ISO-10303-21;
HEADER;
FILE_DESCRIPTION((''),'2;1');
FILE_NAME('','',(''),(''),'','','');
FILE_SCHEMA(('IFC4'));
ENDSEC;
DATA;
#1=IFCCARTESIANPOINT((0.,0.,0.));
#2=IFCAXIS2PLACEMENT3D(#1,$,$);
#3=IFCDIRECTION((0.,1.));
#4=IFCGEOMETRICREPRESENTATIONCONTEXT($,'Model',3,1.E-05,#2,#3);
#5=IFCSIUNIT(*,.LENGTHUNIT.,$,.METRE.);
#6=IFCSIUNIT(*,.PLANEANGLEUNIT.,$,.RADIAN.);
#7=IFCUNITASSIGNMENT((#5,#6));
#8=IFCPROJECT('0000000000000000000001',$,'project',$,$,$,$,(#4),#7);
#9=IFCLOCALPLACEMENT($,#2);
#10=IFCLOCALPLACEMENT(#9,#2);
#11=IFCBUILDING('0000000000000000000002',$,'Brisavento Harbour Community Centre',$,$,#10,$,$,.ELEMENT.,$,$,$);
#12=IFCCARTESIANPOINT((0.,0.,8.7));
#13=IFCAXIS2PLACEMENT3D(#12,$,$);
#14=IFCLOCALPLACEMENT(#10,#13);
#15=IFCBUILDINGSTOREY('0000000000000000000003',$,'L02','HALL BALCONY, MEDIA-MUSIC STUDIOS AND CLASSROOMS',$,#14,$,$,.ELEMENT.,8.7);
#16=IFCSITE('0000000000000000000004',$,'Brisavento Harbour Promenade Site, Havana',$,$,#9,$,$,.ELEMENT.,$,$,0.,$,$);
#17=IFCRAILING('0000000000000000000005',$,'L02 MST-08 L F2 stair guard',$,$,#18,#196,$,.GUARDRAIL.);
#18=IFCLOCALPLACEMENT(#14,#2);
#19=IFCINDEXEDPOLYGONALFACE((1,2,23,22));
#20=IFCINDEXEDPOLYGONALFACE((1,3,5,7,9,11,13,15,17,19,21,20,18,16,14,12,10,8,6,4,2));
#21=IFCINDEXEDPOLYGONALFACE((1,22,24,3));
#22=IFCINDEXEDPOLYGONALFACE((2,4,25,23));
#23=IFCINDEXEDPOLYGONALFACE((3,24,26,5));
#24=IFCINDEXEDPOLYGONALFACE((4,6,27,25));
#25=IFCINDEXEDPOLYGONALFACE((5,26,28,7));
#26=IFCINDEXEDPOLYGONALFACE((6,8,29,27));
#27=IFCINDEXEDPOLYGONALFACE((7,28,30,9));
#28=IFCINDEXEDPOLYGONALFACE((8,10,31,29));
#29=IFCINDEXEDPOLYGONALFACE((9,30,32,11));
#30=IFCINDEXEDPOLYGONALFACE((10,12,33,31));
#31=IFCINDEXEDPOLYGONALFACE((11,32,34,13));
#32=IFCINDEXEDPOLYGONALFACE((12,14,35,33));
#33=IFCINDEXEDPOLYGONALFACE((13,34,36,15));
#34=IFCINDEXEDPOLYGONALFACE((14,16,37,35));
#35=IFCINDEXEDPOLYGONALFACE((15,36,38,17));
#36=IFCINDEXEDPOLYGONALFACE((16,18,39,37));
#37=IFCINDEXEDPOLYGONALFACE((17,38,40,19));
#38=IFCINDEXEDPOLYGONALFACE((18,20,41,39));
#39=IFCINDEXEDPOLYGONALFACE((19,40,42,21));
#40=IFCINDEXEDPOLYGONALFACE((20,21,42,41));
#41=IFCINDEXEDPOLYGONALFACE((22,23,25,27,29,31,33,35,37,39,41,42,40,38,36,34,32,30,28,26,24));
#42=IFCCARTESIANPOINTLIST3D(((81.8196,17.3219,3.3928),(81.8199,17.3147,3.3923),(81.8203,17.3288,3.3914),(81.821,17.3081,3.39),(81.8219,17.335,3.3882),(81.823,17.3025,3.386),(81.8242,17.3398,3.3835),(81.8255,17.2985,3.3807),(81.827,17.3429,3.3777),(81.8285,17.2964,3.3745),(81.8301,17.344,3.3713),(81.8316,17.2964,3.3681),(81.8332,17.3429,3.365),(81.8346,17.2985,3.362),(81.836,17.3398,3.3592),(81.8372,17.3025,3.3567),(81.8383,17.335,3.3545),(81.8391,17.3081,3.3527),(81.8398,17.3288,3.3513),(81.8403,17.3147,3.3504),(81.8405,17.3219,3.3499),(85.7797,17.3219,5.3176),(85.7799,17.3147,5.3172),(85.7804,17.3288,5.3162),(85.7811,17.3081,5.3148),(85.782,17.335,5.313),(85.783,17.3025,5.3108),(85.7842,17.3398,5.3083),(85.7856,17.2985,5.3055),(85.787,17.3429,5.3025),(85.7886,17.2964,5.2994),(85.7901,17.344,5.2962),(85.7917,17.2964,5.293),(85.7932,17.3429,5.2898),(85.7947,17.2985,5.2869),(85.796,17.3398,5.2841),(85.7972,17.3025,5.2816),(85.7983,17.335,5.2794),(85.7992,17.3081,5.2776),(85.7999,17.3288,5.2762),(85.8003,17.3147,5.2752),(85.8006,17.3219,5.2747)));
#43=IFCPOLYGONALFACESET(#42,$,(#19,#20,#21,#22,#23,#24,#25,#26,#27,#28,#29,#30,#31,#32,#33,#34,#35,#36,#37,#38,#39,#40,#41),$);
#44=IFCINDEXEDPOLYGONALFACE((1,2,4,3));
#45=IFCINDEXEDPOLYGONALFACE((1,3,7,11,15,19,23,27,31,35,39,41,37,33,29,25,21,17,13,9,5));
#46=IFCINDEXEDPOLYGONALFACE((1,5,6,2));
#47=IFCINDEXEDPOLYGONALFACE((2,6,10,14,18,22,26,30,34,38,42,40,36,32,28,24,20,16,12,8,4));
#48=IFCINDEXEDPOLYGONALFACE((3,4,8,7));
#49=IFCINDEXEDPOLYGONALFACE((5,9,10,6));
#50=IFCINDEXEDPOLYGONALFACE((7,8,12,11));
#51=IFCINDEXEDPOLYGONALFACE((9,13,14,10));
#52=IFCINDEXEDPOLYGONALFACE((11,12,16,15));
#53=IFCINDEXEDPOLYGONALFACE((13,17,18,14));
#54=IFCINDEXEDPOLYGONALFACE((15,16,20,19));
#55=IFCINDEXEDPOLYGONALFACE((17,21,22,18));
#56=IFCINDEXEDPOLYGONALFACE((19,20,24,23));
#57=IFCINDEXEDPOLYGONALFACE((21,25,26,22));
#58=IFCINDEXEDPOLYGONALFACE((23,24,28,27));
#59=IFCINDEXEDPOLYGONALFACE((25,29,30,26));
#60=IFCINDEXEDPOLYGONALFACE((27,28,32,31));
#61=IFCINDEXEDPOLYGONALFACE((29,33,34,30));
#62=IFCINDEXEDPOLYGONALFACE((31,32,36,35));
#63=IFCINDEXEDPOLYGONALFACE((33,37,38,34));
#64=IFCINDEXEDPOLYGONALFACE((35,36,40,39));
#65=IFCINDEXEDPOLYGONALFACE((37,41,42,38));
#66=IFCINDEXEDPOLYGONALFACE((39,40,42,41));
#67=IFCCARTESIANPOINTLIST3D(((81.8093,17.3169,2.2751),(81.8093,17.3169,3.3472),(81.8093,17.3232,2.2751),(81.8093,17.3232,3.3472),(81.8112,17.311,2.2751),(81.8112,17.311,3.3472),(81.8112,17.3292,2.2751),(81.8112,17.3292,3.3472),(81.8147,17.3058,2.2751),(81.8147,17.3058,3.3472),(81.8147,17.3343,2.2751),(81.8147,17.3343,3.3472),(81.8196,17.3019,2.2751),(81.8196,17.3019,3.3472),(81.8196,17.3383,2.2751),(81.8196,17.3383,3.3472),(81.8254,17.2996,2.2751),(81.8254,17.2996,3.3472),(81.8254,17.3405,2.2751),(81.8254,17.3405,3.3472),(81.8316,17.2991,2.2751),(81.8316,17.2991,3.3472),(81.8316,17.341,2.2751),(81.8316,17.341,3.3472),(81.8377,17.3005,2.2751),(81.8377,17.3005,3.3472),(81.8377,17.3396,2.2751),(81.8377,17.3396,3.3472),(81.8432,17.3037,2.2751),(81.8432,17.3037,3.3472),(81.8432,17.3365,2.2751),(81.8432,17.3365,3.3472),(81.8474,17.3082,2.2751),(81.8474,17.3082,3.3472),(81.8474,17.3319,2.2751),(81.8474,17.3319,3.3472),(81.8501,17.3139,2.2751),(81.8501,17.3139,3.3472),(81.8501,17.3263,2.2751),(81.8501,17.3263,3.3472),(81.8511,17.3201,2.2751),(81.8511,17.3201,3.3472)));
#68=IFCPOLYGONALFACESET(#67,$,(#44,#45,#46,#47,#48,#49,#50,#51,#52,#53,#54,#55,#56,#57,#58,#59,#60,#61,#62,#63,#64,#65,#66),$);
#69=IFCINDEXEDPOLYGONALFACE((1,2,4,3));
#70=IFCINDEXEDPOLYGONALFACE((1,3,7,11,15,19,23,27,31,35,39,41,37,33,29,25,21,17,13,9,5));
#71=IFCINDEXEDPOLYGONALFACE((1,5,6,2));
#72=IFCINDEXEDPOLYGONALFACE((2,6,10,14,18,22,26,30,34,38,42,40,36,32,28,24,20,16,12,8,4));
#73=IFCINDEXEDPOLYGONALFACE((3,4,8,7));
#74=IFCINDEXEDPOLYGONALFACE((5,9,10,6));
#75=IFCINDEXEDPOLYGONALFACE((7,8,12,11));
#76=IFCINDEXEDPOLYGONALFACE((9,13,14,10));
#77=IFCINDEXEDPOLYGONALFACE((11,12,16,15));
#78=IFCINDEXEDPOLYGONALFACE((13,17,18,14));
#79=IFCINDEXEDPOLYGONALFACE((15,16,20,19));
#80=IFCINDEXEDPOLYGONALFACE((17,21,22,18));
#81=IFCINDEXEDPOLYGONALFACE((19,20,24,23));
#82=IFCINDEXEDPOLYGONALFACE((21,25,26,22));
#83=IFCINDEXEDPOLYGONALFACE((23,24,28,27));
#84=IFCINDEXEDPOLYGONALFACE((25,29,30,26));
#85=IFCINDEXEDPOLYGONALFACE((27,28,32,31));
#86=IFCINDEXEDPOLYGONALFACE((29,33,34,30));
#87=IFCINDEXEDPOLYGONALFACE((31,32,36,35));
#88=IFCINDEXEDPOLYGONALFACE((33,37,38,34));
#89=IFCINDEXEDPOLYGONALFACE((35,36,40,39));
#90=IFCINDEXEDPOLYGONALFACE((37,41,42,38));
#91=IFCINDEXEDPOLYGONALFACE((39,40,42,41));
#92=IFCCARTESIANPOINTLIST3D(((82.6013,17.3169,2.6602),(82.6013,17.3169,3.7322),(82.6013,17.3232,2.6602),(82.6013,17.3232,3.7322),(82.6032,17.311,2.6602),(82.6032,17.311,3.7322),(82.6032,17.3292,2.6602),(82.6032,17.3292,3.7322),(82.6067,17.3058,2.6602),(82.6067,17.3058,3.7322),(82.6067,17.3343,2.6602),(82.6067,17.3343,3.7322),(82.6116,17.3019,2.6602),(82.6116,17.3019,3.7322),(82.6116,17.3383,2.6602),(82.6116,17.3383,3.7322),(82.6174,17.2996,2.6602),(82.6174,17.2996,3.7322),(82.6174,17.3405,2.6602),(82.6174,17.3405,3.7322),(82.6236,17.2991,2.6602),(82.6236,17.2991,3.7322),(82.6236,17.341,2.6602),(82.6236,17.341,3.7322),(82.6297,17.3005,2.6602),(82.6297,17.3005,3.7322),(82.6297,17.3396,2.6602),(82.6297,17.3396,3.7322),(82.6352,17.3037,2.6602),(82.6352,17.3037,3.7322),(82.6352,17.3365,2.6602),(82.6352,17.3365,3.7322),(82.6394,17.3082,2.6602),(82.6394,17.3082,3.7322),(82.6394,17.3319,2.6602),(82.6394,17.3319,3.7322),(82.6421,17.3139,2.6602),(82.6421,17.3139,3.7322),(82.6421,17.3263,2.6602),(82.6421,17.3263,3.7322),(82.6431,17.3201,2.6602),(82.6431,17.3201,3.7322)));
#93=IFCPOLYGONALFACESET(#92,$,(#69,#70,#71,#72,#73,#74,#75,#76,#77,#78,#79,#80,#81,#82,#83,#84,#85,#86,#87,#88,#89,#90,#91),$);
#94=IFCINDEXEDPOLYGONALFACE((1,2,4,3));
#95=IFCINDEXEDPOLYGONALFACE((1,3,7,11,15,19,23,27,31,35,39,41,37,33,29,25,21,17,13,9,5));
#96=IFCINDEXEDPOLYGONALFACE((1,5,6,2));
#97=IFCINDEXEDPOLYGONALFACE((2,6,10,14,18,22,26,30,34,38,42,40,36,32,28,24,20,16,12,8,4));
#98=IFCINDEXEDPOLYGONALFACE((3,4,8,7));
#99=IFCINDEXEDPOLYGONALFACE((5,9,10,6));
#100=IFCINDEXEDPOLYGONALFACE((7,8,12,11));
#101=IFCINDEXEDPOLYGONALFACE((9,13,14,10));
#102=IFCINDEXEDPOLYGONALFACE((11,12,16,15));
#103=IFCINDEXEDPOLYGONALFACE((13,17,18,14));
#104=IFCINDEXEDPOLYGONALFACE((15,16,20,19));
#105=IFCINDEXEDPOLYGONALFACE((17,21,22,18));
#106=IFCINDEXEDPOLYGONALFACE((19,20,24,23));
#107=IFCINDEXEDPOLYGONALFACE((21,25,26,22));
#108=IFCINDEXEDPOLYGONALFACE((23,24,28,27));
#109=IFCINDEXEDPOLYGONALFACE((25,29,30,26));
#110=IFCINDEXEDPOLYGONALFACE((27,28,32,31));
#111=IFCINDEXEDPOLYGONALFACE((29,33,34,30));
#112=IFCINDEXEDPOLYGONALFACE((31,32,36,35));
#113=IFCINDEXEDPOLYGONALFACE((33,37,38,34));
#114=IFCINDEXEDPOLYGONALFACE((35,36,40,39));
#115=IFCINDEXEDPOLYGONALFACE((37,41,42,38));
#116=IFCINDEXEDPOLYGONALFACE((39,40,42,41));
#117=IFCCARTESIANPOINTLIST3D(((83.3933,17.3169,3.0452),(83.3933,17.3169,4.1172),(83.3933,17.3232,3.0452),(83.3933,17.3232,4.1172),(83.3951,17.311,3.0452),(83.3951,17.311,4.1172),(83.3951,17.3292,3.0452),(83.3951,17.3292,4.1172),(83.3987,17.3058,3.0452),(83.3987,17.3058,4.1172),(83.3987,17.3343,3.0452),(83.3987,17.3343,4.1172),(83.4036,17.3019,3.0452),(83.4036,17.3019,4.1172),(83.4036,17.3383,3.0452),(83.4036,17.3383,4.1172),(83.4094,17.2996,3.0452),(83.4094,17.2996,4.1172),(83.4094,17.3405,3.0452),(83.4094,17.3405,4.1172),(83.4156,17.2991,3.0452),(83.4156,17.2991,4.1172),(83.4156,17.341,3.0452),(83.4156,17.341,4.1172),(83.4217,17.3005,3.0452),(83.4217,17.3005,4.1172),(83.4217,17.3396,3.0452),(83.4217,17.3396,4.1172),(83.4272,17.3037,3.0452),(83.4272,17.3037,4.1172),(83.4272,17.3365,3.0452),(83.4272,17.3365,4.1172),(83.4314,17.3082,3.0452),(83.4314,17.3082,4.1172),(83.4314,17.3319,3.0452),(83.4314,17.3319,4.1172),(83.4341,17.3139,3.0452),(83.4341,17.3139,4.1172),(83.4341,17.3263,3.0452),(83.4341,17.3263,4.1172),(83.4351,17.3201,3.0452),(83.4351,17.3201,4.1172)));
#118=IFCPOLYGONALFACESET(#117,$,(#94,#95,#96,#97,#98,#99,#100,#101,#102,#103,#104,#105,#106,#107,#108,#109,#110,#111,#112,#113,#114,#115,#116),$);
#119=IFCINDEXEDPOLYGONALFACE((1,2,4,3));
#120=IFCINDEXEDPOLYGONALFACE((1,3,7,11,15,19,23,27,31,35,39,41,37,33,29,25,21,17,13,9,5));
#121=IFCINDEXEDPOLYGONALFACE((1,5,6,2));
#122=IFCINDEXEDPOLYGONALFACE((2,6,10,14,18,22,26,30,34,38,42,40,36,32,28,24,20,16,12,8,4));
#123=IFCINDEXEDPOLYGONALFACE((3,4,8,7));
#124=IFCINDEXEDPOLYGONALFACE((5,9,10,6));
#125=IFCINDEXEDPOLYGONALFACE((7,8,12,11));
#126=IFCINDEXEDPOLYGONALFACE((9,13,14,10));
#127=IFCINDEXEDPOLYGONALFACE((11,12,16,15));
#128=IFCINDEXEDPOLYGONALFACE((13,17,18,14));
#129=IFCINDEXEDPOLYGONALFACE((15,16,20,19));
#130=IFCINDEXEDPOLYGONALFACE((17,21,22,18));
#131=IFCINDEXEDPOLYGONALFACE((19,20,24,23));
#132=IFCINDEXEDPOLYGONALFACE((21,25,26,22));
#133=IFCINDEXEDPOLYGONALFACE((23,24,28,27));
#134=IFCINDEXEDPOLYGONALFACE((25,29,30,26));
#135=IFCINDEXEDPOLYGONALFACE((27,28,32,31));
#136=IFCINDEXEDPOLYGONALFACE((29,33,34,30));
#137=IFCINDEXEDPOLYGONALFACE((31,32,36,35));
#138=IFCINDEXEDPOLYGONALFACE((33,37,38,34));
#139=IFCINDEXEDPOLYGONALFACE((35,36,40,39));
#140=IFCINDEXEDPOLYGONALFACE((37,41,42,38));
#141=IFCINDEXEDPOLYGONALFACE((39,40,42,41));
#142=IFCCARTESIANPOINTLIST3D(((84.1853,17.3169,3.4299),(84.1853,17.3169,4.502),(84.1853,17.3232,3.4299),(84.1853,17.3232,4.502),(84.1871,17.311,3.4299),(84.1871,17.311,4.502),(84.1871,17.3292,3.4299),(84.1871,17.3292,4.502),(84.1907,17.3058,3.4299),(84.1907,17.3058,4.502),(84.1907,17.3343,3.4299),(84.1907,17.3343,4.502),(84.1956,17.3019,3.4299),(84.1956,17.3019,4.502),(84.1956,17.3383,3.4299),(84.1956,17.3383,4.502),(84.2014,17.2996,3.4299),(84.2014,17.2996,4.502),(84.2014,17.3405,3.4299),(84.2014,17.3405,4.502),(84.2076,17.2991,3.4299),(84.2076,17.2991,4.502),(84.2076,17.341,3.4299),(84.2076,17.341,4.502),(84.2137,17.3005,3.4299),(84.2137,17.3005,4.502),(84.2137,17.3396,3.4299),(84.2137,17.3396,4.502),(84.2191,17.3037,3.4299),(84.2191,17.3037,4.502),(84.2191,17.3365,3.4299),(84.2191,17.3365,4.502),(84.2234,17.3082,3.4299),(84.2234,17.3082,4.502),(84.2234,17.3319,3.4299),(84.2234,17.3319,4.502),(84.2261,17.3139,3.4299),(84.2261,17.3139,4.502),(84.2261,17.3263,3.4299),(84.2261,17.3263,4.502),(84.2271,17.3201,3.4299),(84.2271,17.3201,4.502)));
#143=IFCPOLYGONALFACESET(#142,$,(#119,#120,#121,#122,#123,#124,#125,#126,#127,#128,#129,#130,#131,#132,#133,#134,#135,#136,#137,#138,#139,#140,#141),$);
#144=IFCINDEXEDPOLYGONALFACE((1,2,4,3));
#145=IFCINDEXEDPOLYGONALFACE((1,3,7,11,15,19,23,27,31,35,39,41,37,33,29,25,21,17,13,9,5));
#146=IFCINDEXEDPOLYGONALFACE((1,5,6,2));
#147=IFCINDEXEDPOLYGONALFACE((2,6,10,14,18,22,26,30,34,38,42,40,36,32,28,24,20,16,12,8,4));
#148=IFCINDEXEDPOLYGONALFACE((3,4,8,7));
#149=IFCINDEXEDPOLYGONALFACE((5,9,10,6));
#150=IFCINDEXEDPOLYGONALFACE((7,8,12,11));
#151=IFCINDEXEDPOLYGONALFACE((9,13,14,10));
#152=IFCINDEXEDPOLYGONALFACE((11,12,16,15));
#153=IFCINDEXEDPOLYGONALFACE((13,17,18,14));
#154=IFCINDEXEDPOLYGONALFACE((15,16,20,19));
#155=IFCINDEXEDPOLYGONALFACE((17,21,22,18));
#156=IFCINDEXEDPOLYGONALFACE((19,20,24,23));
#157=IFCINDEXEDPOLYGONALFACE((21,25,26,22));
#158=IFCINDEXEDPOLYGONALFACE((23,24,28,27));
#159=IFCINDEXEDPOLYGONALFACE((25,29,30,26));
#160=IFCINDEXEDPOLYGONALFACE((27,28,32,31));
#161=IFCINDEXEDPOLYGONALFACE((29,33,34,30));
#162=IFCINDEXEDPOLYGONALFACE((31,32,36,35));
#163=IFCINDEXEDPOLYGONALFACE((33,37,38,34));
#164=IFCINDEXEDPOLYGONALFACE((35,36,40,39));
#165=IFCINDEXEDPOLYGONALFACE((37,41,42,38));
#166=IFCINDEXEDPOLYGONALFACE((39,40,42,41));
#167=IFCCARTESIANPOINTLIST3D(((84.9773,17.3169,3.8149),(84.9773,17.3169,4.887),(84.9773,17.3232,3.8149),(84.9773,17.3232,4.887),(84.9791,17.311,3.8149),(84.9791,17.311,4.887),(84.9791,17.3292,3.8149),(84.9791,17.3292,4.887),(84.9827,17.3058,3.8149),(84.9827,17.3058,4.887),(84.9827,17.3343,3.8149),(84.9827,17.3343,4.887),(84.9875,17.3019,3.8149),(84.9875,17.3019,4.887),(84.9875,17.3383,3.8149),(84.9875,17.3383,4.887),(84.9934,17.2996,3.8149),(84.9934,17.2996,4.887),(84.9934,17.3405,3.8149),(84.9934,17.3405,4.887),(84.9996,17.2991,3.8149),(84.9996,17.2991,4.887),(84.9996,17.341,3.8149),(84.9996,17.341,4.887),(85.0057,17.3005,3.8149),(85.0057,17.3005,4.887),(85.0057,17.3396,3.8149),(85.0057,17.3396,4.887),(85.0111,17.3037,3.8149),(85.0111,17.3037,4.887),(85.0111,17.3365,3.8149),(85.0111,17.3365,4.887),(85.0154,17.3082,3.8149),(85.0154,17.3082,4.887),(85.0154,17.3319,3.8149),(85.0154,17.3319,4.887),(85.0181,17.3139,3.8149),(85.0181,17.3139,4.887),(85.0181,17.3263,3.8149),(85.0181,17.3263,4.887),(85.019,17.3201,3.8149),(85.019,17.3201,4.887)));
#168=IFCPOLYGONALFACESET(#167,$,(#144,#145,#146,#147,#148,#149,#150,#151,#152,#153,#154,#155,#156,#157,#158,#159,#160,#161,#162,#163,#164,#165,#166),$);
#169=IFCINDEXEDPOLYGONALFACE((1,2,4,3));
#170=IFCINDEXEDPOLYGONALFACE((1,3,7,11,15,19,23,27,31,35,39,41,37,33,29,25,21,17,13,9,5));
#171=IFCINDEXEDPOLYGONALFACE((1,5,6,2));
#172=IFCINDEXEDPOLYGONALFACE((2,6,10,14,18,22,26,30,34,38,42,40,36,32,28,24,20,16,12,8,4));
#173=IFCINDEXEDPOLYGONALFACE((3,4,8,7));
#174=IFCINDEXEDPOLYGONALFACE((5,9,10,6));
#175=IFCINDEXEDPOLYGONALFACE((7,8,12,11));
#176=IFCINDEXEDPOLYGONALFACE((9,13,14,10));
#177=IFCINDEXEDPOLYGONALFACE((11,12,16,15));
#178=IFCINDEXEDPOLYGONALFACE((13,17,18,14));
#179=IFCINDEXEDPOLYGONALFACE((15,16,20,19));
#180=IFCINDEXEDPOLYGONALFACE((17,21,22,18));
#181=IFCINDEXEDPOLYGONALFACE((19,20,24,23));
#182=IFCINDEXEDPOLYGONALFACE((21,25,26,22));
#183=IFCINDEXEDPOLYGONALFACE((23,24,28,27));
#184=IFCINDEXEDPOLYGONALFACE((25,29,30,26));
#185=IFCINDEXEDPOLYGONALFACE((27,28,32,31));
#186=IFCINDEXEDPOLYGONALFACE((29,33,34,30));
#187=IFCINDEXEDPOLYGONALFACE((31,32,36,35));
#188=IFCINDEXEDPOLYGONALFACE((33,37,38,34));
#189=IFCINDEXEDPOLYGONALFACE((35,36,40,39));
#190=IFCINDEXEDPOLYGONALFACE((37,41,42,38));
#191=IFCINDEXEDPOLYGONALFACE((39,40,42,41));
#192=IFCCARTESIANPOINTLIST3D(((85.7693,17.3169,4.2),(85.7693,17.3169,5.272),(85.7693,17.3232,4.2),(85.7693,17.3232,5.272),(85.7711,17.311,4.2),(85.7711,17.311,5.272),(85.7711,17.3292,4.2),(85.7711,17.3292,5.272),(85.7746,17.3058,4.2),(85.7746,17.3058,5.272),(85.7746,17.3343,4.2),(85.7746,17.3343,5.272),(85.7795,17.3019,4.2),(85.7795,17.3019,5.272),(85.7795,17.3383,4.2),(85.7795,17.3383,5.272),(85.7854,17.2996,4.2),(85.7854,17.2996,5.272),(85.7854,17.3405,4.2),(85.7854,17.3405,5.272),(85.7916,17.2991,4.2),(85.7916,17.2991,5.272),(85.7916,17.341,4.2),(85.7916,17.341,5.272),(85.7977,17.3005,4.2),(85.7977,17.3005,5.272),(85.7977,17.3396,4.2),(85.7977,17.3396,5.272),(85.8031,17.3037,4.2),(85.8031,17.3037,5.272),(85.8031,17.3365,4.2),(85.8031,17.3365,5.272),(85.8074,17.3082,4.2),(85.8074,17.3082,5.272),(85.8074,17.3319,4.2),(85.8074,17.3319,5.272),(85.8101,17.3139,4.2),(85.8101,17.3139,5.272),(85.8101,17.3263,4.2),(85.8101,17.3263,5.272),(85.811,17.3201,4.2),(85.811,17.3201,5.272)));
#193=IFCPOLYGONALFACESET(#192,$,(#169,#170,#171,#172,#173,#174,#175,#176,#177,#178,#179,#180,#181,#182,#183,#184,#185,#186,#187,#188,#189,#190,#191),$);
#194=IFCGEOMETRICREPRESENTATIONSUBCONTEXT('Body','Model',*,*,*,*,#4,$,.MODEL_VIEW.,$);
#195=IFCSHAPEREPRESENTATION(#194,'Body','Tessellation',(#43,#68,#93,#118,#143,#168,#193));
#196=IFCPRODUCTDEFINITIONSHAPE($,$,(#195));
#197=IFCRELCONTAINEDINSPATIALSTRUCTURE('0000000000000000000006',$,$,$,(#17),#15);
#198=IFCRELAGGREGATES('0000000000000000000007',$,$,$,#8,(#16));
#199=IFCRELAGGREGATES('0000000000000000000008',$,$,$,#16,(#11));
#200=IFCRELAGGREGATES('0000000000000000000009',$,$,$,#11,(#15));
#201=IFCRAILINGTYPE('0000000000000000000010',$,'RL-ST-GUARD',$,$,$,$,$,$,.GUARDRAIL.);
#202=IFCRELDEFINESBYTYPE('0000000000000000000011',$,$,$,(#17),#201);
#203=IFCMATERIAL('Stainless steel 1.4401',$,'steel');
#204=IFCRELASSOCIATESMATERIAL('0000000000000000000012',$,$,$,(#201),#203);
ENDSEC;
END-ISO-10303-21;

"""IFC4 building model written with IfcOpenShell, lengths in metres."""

from ifc_helpers import new_model, si_unit, direction, frame, origin, origin_2d, place, context, subcontext, project, spatial, circle, extrude, material, type_object, element, save


model = new_model("IFC4")

# Units and contexts
model_context = context("Model", 3, precision=1e-05, world=origin(), true_north=direction((0.0, 1.0)))
body_context = subcontext(model_context, "Body", "Model", "MODEL_VIEW")
ifc_project = project(units=[si_unit("LENGTHUNIT", "METRE"), si_unit("PLANEANGLEUNIT", "RADIAN")], contexts=[model_context])

# Site, building, storey
site_placement = place(None, origin())
site = spatial("IfcSite", under=ifc_project, at=site_placement, Name="Brisavento Harbour Promenade Site, Havana", CompositionType="ELEMENT", RefElevation=0.0)
building_placement = place(site_placement, origin())
building = spatial("IfcBuilding", under=site, at=building_placement, Name="Brisavento Harbour Community Centre", CompositionType="ELEMENT")
storey_placement = place(building_placement, frame((0.0, 0.0, 8.7)))
storey = spatial("IfcBuildingStorey", under=building, at=storey_placement, Name="L02", Description="HALL BALCONY, MEDIA-MUSIC STUDIOS AND CLASSROOMS", CompositionType="ELEMENT", Elevation=8.7)

# Railing
ifc_material_1 = material(Name="Stainless steel 1.4401", Category="steel")
railing_type = type_object("IfcRailingType", Name="RL-ST-GUARD", PredefinedType="GUARDRAIL", material=ifc_material_1)
railing_1_placement = place(storey_placement, frame((81.8301, 17.3201, 2.2751)))
element("IfcRailing", 1, at=railing_1_placement, inside=storey, type_object=railing_type, Name="L02 MST-08 L F2 stair guard", PredefinedType="GUARDRAIL", context=body_context, shape_type="SweptSolid", body=[
    extrude(circle(Radius=0.0239, at=origin_2d()), frame((0.0, 0.0, 1.0962), z_axis=(0.899384, 0.0, 0.43716), x_axis=(0.0, 1.0, 0.0)), (0.0, 0.0, 1.0), 4.4031),
    extrude(circle(Radius=0.021, at=origin_2d()), origin(), (0.0, 0.0, 1.0), 1.072),
    extrude(circle(Radius=0.021, at=origin_2d()), frame((0.792, 0.0, 0.385)), (0.0, 0.0, 1.0), 1.072),
    extrude(circle(Radius=0.021, at=origin_2d()), frame((1.584, 0.0, 0.77)), (0.0, 0.0, 1.0), 1.072),
    extrude(circle(Radius=0.021, at=origin_2d()), frame((2.376, 0.0, 1.1548)), (0.0, 0.0, 1.0), 1.072),
    extrude(circle(Radius=0.021, at=origin_2d()), frame((3.168, 0.0, 1.5398)), (0.0, 0.0, 1.0), 1.072),
    extrude(circle(Radius=0.021, at=origin_2d()), frame((3.96, 0.0, 1.9248)), (0.0, 0.0, 1.0), 1.072),
])

save(model, "model.ifc")
